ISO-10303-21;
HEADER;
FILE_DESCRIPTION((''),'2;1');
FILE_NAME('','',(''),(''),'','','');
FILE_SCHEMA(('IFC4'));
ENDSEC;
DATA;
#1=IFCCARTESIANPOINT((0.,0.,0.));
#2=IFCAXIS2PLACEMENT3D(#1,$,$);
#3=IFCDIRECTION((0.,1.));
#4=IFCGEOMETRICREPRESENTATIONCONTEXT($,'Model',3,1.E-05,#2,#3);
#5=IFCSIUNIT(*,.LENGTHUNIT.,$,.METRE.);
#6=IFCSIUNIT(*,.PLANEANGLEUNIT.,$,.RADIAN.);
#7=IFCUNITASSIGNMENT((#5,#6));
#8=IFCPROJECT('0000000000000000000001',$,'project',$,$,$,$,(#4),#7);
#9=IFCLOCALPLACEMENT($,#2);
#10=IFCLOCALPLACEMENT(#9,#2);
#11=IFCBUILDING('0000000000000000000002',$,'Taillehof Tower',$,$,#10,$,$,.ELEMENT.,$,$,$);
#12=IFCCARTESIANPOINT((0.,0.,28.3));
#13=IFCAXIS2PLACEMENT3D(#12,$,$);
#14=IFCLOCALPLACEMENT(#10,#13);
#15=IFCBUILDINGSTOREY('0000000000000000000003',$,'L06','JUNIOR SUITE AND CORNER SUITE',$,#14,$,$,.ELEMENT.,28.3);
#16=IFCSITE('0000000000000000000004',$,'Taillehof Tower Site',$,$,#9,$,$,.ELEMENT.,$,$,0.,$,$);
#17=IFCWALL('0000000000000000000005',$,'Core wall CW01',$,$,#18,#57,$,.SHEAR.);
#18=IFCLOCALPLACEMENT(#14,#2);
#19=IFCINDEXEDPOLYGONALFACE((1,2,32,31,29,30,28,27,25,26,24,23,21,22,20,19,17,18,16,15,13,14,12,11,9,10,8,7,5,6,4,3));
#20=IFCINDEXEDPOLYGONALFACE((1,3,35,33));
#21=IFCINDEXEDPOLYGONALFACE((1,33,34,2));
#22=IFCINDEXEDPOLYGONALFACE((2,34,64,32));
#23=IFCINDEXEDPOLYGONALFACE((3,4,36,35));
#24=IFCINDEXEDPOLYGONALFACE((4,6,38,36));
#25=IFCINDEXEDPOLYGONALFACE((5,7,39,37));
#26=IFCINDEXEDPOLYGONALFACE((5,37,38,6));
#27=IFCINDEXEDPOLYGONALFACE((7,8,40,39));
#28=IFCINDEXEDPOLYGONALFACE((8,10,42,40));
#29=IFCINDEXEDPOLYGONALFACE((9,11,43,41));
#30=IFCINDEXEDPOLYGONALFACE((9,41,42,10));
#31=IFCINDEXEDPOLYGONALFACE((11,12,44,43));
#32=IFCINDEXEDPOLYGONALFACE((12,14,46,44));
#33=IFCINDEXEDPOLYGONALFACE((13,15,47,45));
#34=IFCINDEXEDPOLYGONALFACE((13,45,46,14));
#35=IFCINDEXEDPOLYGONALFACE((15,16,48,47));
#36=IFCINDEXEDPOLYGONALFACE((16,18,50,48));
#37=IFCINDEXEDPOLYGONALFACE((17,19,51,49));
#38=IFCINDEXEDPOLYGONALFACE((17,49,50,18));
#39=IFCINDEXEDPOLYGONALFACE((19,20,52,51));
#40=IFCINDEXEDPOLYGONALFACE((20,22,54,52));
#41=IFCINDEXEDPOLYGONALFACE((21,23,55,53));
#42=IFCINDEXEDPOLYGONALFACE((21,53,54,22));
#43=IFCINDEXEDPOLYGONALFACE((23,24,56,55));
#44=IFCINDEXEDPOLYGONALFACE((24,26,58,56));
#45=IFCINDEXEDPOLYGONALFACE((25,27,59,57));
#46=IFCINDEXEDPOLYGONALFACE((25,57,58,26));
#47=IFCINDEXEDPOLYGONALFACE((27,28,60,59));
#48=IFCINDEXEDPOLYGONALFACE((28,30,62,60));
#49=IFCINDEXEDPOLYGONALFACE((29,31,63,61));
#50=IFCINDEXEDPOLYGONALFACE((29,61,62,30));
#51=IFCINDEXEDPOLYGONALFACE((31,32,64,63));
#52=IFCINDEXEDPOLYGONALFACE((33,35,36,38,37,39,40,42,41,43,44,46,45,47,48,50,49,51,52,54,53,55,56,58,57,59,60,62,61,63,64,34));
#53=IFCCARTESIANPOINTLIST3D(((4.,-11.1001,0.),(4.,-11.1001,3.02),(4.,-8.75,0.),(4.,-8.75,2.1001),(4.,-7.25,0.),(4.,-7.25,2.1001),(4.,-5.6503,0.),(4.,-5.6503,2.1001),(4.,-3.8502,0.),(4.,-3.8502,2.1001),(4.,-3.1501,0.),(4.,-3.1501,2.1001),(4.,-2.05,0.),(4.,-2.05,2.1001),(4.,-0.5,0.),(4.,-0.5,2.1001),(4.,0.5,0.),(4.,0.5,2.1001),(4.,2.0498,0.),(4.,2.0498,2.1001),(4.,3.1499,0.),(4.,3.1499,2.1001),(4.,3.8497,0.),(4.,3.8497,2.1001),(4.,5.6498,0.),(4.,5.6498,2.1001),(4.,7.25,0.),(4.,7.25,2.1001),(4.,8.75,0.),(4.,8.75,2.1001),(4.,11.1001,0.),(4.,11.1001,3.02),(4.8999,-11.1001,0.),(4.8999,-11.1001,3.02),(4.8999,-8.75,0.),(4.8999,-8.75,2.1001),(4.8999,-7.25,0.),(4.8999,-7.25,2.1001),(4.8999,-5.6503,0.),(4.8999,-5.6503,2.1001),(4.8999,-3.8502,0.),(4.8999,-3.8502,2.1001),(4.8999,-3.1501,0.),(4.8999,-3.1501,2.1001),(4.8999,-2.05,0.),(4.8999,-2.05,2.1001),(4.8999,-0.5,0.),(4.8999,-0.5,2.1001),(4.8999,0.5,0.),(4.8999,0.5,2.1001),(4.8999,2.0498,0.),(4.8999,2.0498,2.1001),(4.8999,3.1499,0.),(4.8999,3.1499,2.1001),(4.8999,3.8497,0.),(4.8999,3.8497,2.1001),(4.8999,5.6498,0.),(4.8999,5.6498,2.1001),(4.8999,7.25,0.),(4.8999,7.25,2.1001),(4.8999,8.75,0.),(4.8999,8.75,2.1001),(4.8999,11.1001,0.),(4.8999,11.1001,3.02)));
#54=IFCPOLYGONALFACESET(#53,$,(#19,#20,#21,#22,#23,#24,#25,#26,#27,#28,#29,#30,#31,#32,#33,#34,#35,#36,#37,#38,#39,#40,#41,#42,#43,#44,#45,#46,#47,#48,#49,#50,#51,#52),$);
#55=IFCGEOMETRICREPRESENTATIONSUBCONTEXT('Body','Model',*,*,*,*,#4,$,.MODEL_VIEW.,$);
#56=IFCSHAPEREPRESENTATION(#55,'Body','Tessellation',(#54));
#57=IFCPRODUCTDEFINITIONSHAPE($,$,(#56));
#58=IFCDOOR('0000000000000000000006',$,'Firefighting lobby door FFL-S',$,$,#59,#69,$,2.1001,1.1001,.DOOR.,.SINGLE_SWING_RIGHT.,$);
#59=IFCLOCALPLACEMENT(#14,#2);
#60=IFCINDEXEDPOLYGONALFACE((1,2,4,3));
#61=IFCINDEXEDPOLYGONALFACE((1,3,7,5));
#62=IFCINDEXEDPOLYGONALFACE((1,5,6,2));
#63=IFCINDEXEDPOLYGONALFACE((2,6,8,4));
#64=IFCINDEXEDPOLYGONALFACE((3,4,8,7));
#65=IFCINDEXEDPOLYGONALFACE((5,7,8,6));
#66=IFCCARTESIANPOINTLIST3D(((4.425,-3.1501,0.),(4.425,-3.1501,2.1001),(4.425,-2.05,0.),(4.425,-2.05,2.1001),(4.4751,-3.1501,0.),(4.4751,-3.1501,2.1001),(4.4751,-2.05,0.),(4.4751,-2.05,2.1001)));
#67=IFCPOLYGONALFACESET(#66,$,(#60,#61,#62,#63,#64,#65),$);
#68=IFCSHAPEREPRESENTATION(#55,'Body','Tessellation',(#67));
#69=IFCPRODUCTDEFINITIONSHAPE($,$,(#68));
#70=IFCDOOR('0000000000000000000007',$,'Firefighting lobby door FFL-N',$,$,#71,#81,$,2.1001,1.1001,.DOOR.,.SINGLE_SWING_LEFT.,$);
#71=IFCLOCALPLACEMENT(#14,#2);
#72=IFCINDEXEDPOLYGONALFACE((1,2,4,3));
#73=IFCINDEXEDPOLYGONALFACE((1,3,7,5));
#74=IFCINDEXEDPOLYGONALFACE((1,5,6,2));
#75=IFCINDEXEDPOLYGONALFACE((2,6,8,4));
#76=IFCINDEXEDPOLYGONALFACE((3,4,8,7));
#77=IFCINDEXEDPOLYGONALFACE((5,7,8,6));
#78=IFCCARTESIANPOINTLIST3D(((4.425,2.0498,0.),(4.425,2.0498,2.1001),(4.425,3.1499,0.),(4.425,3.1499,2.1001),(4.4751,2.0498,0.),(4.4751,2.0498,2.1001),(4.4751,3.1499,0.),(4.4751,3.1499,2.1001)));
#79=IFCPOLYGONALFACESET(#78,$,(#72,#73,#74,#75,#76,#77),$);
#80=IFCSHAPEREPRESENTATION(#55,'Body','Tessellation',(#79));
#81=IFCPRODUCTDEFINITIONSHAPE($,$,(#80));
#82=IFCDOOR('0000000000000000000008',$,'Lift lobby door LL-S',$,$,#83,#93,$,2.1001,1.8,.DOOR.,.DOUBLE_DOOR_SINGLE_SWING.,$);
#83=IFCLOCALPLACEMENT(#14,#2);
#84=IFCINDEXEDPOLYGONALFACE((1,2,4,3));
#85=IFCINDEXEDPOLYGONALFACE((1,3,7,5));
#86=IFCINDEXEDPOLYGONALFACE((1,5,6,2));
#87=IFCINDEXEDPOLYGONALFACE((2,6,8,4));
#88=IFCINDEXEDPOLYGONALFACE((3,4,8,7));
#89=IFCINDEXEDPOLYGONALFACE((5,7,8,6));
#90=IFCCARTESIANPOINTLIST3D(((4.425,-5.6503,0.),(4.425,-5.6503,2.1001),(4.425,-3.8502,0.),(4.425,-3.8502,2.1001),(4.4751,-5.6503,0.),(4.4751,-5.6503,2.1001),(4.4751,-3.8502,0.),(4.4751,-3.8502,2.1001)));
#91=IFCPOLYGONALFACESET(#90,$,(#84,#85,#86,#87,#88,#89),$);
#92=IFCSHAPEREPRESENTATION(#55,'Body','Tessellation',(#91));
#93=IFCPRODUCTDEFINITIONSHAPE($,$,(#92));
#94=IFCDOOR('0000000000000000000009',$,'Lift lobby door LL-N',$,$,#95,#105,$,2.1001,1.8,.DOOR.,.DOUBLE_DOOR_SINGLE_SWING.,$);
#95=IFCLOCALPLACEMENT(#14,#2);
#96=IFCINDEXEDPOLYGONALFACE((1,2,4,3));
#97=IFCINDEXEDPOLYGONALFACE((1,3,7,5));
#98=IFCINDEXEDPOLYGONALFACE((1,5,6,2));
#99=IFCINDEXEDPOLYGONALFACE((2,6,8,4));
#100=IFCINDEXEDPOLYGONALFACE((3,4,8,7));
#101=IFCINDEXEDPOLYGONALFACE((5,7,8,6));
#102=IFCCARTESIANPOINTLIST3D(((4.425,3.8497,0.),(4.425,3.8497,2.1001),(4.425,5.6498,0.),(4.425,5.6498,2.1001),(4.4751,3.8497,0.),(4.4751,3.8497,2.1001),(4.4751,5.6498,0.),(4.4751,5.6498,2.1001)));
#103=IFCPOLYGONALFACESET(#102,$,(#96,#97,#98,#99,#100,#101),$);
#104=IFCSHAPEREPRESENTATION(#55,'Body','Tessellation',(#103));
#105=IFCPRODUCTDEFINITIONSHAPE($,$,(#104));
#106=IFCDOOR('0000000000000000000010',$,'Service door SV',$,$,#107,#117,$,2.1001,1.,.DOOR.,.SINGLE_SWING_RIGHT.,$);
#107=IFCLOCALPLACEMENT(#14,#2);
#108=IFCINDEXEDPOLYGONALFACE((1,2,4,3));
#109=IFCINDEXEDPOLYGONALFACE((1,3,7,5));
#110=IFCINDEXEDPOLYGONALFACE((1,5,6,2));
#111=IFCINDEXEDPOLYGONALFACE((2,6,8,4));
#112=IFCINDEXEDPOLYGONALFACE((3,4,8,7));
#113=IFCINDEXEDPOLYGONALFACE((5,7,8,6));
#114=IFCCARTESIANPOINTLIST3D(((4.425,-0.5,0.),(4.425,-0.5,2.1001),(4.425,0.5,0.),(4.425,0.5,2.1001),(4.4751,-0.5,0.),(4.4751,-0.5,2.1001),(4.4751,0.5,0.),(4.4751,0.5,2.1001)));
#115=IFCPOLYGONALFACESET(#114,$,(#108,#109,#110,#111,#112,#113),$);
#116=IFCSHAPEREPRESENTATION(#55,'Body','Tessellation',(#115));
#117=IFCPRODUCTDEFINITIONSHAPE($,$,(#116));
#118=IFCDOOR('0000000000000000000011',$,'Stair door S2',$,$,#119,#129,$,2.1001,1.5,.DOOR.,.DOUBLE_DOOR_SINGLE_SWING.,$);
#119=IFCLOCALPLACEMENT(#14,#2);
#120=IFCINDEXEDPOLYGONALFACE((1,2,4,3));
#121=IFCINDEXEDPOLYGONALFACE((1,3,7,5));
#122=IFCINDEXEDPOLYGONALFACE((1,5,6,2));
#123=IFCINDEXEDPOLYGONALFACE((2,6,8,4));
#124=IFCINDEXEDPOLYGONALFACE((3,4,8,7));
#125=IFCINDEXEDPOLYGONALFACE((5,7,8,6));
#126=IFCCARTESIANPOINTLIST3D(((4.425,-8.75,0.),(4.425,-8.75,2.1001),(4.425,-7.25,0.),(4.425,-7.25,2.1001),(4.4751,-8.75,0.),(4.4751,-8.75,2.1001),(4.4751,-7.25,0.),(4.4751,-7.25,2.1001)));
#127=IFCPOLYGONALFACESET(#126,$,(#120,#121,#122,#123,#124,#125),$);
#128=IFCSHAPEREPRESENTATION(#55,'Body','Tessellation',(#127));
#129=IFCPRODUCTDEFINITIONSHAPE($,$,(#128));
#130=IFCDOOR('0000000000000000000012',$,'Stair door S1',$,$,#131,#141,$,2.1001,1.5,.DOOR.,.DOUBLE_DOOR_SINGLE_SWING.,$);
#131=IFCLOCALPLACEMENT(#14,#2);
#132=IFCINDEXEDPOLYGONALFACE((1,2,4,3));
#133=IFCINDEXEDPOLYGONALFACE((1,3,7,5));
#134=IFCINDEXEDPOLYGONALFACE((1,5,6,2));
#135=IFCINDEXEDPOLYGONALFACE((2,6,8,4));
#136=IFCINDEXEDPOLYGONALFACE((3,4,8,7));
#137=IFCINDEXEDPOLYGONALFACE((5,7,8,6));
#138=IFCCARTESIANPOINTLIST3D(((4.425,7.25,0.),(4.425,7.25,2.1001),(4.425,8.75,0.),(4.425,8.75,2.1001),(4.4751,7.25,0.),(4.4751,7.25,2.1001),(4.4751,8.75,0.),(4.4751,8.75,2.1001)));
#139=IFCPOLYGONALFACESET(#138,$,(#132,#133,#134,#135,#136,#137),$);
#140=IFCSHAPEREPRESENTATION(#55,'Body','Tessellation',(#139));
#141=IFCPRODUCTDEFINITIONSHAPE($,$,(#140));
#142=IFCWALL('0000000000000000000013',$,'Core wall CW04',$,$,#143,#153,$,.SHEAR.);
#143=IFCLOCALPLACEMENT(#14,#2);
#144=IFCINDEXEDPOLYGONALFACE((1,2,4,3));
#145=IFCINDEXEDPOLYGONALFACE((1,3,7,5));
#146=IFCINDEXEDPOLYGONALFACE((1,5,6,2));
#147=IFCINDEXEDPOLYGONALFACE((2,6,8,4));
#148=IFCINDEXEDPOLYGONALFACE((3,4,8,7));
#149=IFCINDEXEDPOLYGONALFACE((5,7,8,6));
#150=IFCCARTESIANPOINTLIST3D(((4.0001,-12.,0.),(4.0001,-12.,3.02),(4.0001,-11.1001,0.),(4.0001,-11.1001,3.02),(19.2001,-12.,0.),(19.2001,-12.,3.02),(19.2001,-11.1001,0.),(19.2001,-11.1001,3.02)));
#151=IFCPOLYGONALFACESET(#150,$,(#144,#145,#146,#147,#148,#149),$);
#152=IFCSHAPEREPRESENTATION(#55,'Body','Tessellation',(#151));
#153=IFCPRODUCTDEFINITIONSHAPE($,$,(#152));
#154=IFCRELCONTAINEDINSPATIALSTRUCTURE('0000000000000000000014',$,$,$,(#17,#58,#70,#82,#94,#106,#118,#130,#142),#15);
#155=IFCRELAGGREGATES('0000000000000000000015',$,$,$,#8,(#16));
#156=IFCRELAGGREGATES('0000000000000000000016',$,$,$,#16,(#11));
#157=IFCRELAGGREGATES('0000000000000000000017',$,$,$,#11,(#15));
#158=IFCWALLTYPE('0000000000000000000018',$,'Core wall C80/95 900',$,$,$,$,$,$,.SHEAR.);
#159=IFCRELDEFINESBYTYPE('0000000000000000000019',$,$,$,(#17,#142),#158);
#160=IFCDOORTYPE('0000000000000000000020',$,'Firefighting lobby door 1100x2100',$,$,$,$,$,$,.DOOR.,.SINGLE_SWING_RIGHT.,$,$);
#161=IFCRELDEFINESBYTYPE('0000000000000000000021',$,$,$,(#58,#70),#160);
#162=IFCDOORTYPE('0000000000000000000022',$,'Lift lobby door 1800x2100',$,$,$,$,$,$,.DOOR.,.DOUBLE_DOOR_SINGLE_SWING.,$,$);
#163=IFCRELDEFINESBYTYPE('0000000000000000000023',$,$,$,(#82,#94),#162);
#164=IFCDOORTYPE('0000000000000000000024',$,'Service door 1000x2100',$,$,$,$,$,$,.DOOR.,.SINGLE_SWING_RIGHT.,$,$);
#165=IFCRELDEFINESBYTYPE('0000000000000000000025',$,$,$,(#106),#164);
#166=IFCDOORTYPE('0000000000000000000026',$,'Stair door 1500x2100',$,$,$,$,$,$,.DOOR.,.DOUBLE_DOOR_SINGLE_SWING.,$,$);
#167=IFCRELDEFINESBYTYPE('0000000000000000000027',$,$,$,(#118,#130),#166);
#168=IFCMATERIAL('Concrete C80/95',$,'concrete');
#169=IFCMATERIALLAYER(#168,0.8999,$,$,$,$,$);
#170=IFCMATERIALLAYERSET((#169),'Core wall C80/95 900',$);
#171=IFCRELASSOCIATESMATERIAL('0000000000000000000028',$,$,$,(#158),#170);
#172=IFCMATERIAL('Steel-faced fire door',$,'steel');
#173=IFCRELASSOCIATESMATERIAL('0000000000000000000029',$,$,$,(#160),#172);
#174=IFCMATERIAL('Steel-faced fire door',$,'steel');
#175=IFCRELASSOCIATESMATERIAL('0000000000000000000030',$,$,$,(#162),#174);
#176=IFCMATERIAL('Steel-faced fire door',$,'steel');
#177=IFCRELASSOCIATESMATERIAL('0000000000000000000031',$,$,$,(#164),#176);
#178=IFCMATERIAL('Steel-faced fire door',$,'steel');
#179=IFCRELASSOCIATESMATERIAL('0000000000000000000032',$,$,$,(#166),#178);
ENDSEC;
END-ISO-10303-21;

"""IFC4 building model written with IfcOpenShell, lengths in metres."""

from ifc_helpers import new_model, si_unit, direction, frame, frame_2d, origin, place, context, subcontext, project, spatial, rectangle, extrude, material, layer, layer_set, type_object, element, fill, save


model = new_model("IFC4")

# Units and contexts
model_context = context("Model", 3, precision=1e-05, world=origin(), true_north=direction((0.0, 1.0)))
body_context = subcontext(model_context, "Body", "Model", "MODEL_VIEW")
ifc_project = project(units=[si_unit("LENGTHUNIT", "METRE"), si_unit("PLANEANGLEUNIT", "RADIAN")], contexts=[model_context])

# Site, building, storey
site_placement = place(None, origin())
site = spatial("IfcSite", under=ifc_project, at=site_placement, Name="Taillehof Tower Site", CompositionType="ELEMENT", RefElevation=0.0)
building_placement = place(site_placement, origin())
building = spatial("IfcBuilding", under=site, at=building_placement, Name="Taillehof Tower", CompositionType="ELEMENT")
storey_placement = place(building_placement, frame((0.0, 0.0, 28.3)))
storey = spatial("IfcBuildingStorey", under=building, at=storey_placement, Name="L06", Description="JUNIOR SUITE AND CORNER SUITE", CompositionType="ELEMENT", Elevation=28.3)

# Wall, openings, doors
ifc_material_1 = material(Name="Concrete C80/95", Category="concrete")
ifc_layer_1 = layer(ifc_material_1, 0.8999)
ifc_layer_set_1 = layer_set([ifc_layer_1], Name="Core wall C80/95 900")
wall_type_1 = type_object("IfcWallType", Name="Core wall C80/95 900", PredefinedType="SHEAR", material=ifc_layer_set_1)
wall_1_placement = place(storey_placement, frame((4.45, -11.1001, 0.0), z_axis=(0.0, 0.0, 1.0), x_axis=(0.0, 1.0, 0.0)))
wall_1 = element("IfcWall", 1, at=wall_1_placement, inside=storey, type_object=wall_type_1, Name="Core wall CW01", PredefinedType="SHEAR", context=body_context, shape_type="SweptSolid", body=[
    extrude(rectangle(XDim=22.2002, YDim=0.8999, at=frame_2d((11.1001, 0.0))), origin(), (0.0, 0.0, 1.0), 3.02),
])
opening_1_placement = place(wall_1_placement, frame((2.3501, 0.0, 0.0)))
opening_1 = element("IfcOpeningElement", 2, at=opening_1_placement, cuts=wall_1, PredefinedType="OPENING", context=body_context, shape_type="SweptSolid", body=[
    extrude(rectangle(XDim=1.5, YDim=2.1001, at=frame_2d((0.75, 1.05))), frame((0.0, 0.46, 0.0), z_axis=(0.0, -1.0, 0.0), x_axis=(1.0, 0.0, 0.0)), (0.0, 0.0, 1.0), 0.9199),
])
opening_2_placement = place(wall_1_placement, frame((5.45, 0.0, 0.0)))
opening_2 = element("IfcOpeningElement", 3, at=opening_2_placement, cuts=wall_1, PredefinedType="OPENING", context=body_context, shape_type="SweptSolid", body=[
    extrude(rectangle(XDim=1.8, YDim=2.1001, at=frame_2d((0.8999, 1.05))), frame((0.0, 0.46, 0.0), z_axis=(0.0, -1.0, 0.0), x_axis=(1.0, 0.0, 0.0)), (0.0, 0.0, 1.0), 0.9199),
])
opening_3_placement = place(wall_1_placement, frame((7.95, 0.0, 0.0)))
opening_3 = element("IfcOpeningElement", 4, at=opening_3_placement, cuts=wall_1, PredefinedType="OPENING", context=body_context, shape_type="SweptSolid", body=[
    extrude(rectangle(XDim=1.1001, YDim=2.1001, at=frame_2d((0.55, 1.05))), frame((0.0, 0.46, 0.0), z_axis=(0.0, -1.0, 0.0), x_axis=(1.0, 0.0, 0.0)), (0.0, 0.0, 1.0), 0.9199),
])
opening_4_placement = place(wall_1_placement, frame((10.6001, 0.0, 0.0)))
opening_4 = element("IfcOpeningElement", 5, at=opening_4_placement, cuts=wall_1, PredefinedType="OPENING", context=body_context, shape_type="SweptSolid", body=[
    extrude(rectangle(XDim=1.0, YDim=2.1001, at=frame_2d((0.5, 1.05))), frame((0.0, 0.46, 0.0), z_axis=(0.0, -1.0, 0.0), x_axis=(1.0, 0.0, 0.0)), (0.0, 0.0, 1.0), 0.9199),
])
opening_5_placement = place(wall_1_placement, frame((13.1499, 0.0, 0.0)))
opening_5 = element("IfcOpeningElement", 6, at=opening_5_placement, cuts=wall_1, PredefinedType="OPENING", context=body_context, shape_type="SweptSolid", body=[
    extrude(rectangle(XDim=1.1001, YDim=2.1001, at=frame_2d((0.55, 1.05))), frame((0.0, 0.46, 0.0), z_axis=(0.0, -1.0, 0.0), x_axis=(1.0, 0.0, 0.0)), (0.0, 0.0, 1.0), 0.9199),
])
opening_6_placement = place(wall_1_placement, frame((14.95, 0.0, 0.0)))
opening_6 = element("IfcOpeningElement", 7, at=opening_6_placement, cuts=wall_1, PredefinedType="OPENING", context=body_context, shape_type="SweptSolid", body=[
    extrude(rectangle(XDim=1.8, YDim=2.1001, at=frame_2d((0.8999, 1.05))), frame((0.0, 0.46, 0.0), z_axis=(0.0, -1.0, 0.0), x_axis=(1.0, 0.0, 0.0)), (0.0, 0.0, 1.0), 0.9199),
])
opening_7_placement = place(wall_1_placement, frame((18.3501, 0.0, 0.0)))
opening_7 = element("IfcOpeningElement", 8, at=opening_7_placement, cuts=wall_1, PredefinedType="OPENING", context=body_context, shape_type="SweptSolid", body=[
    extrude(rectangle(XDim=1.5, YDim=2.1001, at=frame_2d((0.75, 1.05))), frame((0.0, 0.46, 0.0), z_axis=(0.0, -1.0, 0.0), x_axis=(1.0, 0.0, 0.0)), (0.0, 0.0, 1.0), 0.9199),
])
ifc_material_2 = material(Name="Steel-faced fire door", Category="steel")
door_type_1 = type_object("IfcDoorType", Name="Firefighting lobby door 1100x2100", OperationType="SINGLE_SWING_RIGHT", PredefinedType="DOOR", material=ifc_material_2)
door_1_placement = place(opening_3_placement, origin())
door_1 = element("IfcDoor", 9, at=door_1_placement, inside=storey, type_object=door_type_1, Name="Firefighting lobby door FFL-S", OperationType="SINGLE_SWING_RIGHT", OverallHeight=2.1001, OverallWidth=1.1001, PredefinedType="DOOR", context=body_context, shape_type="SweptSolid", body=[
    extrude(rectangle(XDim=1.1001, YDim=2.1001, at=frame_2d((0.55, 1.05))), frame((0.0, 0.0249, 0.0), z_axis=(0.0, -1.0, 0.0), x_axis=(1.0, 0.0, 0.0)), (0.0, 0.0, 1.0), 0.05),
])
fill(opening_3, door_1)
door_2_placement = place(opening_5_placement, origin())
door_2 = element("IfcDoor", 10, at=door_2_placement, inside=storey, type_object=door_type_1, Name="Firefighting lobby door FFL-N", OperationType="SINGLE_SWING_LEFT", OverallHeight=2.1001, OverallWidth=1.1001, PredefinedType="DOOR", context=body_context, shape_type="SweptSolid", body=[
    extrude(rectangle(XDim=1.1001, YDim=2.1001, at=frame_2d((0.55, 1.05))), frame((0.0, 0.0249, 0.0), z_axis=(0.0, -1.0, 0.0), x_axis=(1.0, 0.0, 0.0)), (0.0, 0.0, 1.0), 0.05),
])
fill(opening_5, door_2)
ifc_material_3 = material(Name="Steel-faced fire door", Category="steel")
door_type_2 = type_object("IfcDoorType", Name="Lift lobby door 1800x2100", OperationType="DOUBLE_DOOR_SINGLE_SWING", PredefinedType="DOOR", material=ifc_material_3)
door_3_placement = place(opening_2_placement, origin())
door_3 = element("IfcDoor", 11, at=door_3_placement, inside=storey, type_object=door_type_2, Name="Lift lobby door LL-S", OperationType="DOUBLE_DOOR_SINGLE_SWING", OverallHeight=2.1001, OverallWidth=1.8, PredefinedType="DOOR", context=body_context, shape_type="SweptSolid", body=[
    extrude(rectangle(XDim=1.8, YDim=2.1001, at=frame_2d((0.8999, 1.05))), frame((0.0, 0.0249, 0.0), z_axis=(0.0, -1.0, 0.0), x_axis=(1.0, 0.0, 0.0)), (0.0, 0.0, 1.0), 0.05),
])
fill(opening_2, door_3)
door_4_placement = place(opening_6_placement, origin())
door_4 = element("IfcDoor", 12, at=door_4_placement, inside=storey, type_object=door_type_2, Name="Lift lobby door LL-N", OperationType="DOUBLE_DOOR_SINGLE_SWING", OverallHeight=2.1001, OverallWidth=1.8, PredefinedType="DOOR", context=body_context, shape_type="SweptSolid", body=[
    extrude(rectangle(XDim=1.8, YDim=2.1001, at=frame_2d((0.8999, 1.05))), frame((0.0, 0.0249, 0.0), z_axis=(0.0, -1.0, 0.0), x_axis=(1.0, 0.0, 0.0)), (0.0, 0.0, 1.0), 0.05),
])
fill(opening_6, door_4)
ifc_material_4 = material(Name="Steel-faced fire door", Category="steel")
door_type_3 = type_object("IfcDoorType", Name="Service door 1000x2100", OperationType="SINGLE_SWING_RIGHT", PredefinedType="DOOR", material=ifc_material_4)
door_5_placement = place(opening_4_placement, origin())
door_5 = element("IfcDoor", 13, at=door_5_placement, inside=storey, type_object=door_type_3, Name="Service door SV", OperationType="SINGLE_SWING_RIGHT", OverallHeight=2.1001, OverallWidth=1.0, PredefinedType="DOOR", context=body_context, shape_type="SweptSolid", body=[
    extrude(rectangle(XDim=1.0, YDim=2.1001, at=frame_2d((0.5, 1.05))), frame((0.0, 0.0249, 0.0), z_axis=(0.0, -1.0, 0.0), x_axis=(1.0, 0.0, 0.0)), (0.0, 0.0, 1.0), 0.05),
])
fill(opening_4, door_5)
ifc_material_5 = material(Name="Steel-faced fire door", Category="steel")
door_type_4 = type_object("IfcDoorType", Name="Stair door 1500x2100", OperationType="DOUBLE_DOOR_SINGLE_SWING", PredefinedType="DOOR", material=ifc_material_5)
door_6_placement = place(opening_1_placement, origin())
door_6 = element("IfcDoor", 14, at=door_6_placement, inside=storey, type_object=door_type_4, Name="Stair door S2", OperationType="DOUBLE_DOOR_SINGLE_SWING", OverallHeight=2.1001, OverallWidth=1.5, PredefinedType="DOOR", context=body_context, shape_type="SweptSolid", body=[
    extrude(rectangle(XDim=1.5, YDim=2.1001, at=frame_2d((0.75, 1.05))), frame((0.0, 0.0249, 0.0), z_axis=(0.0, -1.0, 0.0), x_axis=(1.0, 0.0, 0.0)), (0.0, 0.0, 1.0), 0.05),
])
fill(opening_1, door_6)
door_7_placement = place(opening_7_placement, origin())
door_7 = element("IfcDoor", 15, at=door_7_placement, inside=storey, type_object=door_type_4, Name="Stair door S1", OperationType="DOUBLE_DOOR_SINGLE_SWING", OverallHeight=2.1001, OverallWidth=1.5, PredefinedType="DOOR", context=body_context, shape_type="SweptSolid", body=[
    extrude(rectangle(XDim=1.5, YDim=2.1001, at=frame_2d((0.75, 1.05))), frame((0.0, 0.0249, 0.0), z_axis=(0.0, -1.0, 0.0), x_axis=(1.0, 0.0, 0.0)), (0.0, 0.0, 1.0), 0.05),
])
fill(opening_7, door_7)

# Wall
wall_2_placement = place(storey_placement, frame((4.0, -11.55, 0.0), z_axis=(0.0, 0.0, 1.0), x_axis=(1.0, 0.0, 0.0)))
element("IfcWall", 16, at=wall_2_placement, inside=storey, type_object=wall_type_1, Name="Core wall CW04", PredefinedType="SHEAR", context=body_context, shape_type="SweptSolid", body=[
    extrude(rectangle(XDim=15.2, YDim=0.8999, at=frame_2d((7.6001, 0.0))), origin(), (0.0, 0.0, 1.0), 3.02),
])

save(model, "model.ifc")
